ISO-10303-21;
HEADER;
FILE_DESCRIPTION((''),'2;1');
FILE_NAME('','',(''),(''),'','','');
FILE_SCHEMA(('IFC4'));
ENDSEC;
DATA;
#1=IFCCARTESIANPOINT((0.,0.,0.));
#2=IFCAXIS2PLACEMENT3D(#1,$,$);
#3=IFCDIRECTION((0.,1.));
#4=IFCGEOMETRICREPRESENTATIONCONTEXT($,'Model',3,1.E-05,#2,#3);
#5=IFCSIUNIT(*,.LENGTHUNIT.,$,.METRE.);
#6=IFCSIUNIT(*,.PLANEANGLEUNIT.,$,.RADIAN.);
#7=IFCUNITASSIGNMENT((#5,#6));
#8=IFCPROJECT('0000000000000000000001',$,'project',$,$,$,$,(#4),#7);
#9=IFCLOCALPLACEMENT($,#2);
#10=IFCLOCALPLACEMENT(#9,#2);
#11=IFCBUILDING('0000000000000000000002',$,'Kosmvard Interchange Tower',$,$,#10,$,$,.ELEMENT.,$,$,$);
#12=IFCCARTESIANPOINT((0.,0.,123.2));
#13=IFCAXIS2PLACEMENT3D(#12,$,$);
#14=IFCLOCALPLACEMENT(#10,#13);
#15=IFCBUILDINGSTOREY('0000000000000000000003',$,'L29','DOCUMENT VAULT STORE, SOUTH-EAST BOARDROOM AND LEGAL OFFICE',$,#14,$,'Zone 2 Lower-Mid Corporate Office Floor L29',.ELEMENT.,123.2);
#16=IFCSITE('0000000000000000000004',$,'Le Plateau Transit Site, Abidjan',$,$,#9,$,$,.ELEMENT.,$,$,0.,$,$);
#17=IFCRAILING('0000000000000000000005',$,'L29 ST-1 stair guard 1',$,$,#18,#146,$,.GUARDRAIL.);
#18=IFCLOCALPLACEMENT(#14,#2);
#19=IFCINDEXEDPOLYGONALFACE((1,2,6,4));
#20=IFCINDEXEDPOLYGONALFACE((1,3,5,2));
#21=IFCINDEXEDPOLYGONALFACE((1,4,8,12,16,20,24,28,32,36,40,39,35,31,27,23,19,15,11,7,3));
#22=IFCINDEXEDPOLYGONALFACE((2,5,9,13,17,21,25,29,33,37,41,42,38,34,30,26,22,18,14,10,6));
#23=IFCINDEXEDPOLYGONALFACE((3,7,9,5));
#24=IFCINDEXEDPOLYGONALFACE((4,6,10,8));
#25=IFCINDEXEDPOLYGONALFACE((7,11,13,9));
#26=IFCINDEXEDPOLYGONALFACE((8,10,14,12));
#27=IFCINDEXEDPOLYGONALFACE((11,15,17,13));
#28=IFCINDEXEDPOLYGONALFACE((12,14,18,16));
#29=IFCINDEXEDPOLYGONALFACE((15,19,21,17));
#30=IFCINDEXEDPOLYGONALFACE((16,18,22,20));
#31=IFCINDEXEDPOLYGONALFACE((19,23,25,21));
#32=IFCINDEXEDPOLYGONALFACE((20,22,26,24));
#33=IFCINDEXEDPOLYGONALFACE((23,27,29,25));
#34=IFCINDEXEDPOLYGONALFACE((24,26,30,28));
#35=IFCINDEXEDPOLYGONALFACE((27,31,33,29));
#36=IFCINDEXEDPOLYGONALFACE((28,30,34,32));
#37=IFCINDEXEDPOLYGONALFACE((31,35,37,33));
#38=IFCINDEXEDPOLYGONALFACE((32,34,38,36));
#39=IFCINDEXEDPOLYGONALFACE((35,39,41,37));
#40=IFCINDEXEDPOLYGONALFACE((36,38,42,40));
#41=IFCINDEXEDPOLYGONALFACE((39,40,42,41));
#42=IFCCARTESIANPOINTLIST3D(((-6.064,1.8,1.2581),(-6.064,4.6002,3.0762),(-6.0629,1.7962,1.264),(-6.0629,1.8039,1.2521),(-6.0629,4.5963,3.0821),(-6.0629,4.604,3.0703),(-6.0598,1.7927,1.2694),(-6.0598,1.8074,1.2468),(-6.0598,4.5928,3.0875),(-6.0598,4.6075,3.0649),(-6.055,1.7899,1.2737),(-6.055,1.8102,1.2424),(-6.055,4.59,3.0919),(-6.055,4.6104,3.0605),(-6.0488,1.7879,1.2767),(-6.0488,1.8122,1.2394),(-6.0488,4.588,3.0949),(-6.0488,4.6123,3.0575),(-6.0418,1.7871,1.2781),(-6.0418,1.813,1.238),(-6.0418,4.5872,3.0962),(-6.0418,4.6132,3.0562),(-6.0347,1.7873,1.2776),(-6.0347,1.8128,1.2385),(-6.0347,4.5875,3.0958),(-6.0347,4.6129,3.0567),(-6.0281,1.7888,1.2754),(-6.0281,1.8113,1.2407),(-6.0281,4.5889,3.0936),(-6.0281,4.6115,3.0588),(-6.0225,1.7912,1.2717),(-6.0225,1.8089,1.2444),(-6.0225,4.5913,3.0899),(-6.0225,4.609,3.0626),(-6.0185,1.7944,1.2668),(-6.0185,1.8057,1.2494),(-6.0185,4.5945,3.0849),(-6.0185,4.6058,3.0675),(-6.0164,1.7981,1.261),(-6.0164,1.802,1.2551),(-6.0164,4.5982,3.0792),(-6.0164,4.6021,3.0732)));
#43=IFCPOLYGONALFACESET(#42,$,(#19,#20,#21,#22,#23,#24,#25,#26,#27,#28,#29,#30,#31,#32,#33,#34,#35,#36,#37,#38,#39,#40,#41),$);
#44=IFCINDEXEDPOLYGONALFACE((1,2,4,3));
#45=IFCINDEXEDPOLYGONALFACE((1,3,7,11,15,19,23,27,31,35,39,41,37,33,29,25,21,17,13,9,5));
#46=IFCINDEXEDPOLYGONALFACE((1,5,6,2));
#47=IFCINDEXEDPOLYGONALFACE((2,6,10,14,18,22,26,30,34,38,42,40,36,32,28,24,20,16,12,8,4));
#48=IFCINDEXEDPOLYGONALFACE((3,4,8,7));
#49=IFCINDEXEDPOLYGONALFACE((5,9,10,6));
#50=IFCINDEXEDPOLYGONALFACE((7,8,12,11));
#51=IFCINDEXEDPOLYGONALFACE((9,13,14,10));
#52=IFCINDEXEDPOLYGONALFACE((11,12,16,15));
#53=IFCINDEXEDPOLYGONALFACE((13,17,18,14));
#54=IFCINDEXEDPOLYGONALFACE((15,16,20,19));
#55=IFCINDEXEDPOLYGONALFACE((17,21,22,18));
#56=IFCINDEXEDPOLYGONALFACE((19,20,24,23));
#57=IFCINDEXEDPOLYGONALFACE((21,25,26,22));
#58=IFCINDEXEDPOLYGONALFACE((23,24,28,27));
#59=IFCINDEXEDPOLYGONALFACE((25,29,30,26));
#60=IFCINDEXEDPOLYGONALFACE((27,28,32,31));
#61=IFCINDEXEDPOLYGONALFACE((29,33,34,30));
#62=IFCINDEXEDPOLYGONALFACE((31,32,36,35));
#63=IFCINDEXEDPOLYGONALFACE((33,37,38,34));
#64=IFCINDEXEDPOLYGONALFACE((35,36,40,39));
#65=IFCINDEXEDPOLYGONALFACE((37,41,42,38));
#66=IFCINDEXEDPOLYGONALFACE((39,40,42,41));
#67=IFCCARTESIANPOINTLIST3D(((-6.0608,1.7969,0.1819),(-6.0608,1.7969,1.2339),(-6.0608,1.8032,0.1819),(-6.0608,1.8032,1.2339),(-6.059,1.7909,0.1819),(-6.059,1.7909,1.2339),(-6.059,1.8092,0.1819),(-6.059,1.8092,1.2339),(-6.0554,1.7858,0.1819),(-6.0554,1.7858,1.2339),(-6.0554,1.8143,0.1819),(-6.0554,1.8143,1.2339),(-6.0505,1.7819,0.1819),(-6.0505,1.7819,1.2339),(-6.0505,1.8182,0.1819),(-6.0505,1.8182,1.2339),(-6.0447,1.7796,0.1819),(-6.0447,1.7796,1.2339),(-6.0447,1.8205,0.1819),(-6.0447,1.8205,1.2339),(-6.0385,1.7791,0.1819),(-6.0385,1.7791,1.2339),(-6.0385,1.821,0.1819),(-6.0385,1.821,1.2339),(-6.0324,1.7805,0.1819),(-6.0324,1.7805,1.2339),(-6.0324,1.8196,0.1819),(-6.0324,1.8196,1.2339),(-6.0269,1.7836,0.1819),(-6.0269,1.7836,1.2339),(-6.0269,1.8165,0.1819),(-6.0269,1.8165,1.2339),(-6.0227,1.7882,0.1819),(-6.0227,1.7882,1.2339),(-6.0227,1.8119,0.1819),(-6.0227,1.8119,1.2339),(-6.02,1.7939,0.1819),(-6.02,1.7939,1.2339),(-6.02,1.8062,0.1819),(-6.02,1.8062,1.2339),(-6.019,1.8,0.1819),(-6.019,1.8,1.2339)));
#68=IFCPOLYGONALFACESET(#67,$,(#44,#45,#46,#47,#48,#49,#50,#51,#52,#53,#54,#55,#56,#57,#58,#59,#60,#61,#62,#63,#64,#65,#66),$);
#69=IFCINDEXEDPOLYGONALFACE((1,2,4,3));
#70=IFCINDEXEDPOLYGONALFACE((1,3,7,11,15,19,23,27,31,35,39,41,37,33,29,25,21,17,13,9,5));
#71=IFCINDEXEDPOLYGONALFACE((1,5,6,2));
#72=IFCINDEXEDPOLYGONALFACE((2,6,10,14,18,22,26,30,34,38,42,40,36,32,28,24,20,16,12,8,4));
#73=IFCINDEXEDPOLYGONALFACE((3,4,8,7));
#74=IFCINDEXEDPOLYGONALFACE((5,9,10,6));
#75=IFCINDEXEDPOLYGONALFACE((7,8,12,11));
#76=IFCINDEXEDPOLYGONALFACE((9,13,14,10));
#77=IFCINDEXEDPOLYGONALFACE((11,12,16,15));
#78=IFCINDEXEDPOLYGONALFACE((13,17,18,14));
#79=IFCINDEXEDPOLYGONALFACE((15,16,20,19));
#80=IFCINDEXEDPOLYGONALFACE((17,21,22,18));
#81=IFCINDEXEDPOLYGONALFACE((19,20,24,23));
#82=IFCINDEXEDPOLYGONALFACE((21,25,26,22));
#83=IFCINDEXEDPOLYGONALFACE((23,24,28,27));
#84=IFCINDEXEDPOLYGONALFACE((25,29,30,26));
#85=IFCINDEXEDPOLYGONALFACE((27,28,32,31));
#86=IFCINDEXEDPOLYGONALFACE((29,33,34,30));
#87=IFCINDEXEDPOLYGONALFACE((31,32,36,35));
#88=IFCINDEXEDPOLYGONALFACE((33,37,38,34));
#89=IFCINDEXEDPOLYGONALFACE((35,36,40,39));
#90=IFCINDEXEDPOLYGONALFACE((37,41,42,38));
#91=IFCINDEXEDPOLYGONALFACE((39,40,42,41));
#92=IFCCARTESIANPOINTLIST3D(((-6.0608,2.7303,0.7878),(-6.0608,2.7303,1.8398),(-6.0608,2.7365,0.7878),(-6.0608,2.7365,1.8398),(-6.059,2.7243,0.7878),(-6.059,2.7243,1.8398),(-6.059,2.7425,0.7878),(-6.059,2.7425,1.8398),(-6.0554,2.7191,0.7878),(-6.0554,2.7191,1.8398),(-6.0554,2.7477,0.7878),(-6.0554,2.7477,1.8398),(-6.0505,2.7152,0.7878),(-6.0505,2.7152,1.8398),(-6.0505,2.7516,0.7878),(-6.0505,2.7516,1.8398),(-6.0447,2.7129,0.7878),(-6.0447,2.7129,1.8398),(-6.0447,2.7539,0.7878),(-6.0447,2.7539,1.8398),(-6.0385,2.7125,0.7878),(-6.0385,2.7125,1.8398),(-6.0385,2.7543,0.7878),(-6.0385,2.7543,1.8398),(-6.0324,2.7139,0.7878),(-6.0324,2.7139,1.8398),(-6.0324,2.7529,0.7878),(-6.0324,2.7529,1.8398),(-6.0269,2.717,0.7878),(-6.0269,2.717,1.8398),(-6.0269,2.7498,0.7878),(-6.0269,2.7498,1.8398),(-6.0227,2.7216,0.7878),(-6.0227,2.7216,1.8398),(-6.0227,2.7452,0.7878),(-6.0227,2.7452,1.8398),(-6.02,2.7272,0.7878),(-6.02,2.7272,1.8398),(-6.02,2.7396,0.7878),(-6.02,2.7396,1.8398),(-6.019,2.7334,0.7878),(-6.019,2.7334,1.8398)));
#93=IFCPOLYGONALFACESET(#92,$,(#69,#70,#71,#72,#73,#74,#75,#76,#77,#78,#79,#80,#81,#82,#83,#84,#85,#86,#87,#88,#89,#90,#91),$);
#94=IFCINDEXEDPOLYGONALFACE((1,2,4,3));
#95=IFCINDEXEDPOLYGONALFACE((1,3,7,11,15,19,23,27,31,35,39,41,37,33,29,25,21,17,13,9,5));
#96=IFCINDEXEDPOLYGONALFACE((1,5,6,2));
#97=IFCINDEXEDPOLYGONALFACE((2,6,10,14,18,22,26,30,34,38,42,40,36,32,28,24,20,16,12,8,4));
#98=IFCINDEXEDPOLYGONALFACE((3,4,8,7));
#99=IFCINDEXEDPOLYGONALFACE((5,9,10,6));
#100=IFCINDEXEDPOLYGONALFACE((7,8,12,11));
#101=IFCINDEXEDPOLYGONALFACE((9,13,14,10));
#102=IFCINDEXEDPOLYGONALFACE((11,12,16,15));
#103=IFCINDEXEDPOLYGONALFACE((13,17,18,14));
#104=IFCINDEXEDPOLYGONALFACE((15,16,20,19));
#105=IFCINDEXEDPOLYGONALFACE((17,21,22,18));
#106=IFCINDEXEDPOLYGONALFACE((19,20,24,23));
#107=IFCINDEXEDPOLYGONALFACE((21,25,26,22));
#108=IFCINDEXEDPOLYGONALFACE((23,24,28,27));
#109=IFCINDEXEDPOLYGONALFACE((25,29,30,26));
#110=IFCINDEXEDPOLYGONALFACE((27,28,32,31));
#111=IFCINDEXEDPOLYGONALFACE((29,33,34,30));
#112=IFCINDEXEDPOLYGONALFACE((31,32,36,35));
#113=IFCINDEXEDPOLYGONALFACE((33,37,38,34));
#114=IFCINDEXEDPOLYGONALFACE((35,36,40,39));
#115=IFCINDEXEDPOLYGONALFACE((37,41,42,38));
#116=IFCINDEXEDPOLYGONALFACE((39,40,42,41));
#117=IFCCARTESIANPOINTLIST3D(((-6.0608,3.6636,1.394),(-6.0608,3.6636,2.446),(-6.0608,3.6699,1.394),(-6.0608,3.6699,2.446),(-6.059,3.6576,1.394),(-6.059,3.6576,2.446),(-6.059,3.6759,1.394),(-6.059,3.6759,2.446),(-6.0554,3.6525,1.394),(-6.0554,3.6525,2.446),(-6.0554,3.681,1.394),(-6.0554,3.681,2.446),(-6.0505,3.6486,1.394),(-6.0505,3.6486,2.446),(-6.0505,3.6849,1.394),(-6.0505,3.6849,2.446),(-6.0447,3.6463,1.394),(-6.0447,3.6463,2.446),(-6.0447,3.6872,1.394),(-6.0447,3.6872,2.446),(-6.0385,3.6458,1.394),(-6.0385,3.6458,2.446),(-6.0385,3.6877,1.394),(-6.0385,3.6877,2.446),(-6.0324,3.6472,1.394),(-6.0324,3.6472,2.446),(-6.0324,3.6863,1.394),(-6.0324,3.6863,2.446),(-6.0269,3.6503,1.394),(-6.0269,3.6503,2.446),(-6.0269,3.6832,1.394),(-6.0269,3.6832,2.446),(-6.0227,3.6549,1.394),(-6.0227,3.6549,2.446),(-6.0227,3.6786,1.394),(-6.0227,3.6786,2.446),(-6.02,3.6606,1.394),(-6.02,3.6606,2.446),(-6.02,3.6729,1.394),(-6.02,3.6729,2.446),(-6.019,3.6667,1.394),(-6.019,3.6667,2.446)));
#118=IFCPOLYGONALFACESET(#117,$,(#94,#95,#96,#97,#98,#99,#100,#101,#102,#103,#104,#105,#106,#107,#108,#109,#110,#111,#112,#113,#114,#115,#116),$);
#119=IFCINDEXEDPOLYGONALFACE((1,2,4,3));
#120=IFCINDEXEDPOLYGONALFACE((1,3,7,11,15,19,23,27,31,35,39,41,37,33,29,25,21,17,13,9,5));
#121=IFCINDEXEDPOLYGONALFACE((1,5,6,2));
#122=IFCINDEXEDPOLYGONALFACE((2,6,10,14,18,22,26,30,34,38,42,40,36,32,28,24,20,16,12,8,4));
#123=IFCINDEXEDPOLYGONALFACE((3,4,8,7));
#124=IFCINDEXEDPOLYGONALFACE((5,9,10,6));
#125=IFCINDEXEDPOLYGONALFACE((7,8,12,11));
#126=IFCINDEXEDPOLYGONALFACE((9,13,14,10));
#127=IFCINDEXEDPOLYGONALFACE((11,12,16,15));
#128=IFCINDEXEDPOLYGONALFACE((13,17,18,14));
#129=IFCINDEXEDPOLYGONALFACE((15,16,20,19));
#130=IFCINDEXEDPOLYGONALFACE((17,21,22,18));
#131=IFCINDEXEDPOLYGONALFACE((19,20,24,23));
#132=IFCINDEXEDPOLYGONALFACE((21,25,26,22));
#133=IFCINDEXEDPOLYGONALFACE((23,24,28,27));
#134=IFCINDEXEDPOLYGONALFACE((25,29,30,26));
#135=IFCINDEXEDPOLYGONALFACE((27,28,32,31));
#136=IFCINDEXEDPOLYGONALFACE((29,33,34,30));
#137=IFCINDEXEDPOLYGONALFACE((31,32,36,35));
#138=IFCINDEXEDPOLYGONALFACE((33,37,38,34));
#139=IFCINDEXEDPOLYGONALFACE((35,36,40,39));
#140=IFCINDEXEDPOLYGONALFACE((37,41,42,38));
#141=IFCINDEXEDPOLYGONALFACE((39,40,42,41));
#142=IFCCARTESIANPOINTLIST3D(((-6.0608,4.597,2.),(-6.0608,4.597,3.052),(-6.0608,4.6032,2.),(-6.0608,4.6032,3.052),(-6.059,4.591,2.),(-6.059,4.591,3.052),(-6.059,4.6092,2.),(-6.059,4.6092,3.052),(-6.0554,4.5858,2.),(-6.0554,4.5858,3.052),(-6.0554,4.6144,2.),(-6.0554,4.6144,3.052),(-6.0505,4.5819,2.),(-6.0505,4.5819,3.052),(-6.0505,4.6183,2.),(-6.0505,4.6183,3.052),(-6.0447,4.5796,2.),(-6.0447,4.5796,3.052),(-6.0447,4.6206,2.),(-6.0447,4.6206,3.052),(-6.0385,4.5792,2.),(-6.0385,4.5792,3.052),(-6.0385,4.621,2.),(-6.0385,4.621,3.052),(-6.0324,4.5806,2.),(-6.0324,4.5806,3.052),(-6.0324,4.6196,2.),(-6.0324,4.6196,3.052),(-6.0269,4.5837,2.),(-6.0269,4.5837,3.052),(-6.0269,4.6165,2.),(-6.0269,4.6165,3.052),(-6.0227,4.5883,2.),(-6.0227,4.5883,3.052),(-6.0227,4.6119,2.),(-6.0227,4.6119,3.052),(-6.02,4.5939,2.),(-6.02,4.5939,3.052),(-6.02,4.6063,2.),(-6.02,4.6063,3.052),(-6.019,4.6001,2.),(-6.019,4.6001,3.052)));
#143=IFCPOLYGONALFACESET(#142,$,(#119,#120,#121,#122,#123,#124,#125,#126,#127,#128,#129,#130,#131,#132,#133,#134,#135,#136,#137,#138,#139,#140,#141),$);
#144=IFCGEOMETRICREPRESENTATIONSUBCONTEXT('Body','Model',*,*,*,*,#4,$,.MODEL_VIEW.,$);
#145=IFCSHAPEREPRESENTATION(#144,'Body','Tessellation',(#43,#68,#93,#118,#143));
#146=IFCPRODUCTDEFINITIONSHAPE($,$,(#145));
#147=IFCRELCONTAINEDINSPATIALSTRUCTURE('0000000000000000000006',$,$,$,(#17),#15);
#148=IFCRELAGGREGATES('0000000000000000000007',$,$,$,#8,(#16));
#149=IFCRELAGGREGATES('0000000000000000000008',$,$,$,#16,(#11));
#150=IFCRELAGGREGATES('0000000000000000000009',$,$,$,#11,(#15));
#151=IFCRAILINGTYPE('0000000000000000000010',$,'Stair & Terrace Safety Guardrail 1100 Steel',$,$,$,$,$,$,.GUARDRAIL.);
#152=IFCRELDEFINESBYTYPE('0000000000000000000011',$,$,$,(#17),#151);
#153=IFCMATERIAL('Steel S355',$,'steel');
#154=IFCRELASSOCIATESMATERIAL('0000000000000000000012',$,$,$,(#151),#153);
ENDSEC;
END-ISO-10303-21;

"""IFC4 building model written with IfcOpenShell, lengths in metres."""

from ifc_helpers import new_model, si_unit, direction, frame, origin, origin_2d, place, context, subcontext, project, spatial, circle, extrude, source, transform, mapped, material, type_object, element, save


model = new_model("IFC4")

# Units and contexts
model_context = context("Model", 3, precision=1e-05, world=origin(), true_north=direction((0.0, 1.0)))
body_context = subcontext(model_context, "Body", "Model", "MODEL_VIEW")
ifc_project = project(units=[si_unit("LENGTHUNIT", "METRE"), si_unit("PLANEANGLEUNIT", "RADIAN")], contexts=[model_context])

# Site, building, storey
site_placement = place(None, origin())
site = spatial("IfcSite", under=ifc_project, at=site_placement, Name="Le Plateau Transit Site, Abidjan", CompositionType="ELEMENT", RefElevation=0.0)
building_placement = place(site_placement, origin())
building = spatial("IfcBuilding", under=site, at=building_placement, Name="Kosmvard Interchange Tower", CompositionType="ELEMENT")
storey_placement = place(building_placement, frame((0.0, 0.0, 123.2)))
storey = spatial("IfcBuildingStorey", under=building, at=storey_placement, Name="L29", Description="DOCUMENT VAULT STORE, SOUTH-EAST BOARDROOM AND LEGAL OFFICE", LongName="Zone 2 Lower-Mid Corporate Office Floor L29", CompositionType="ELEMENT", Elevation=123.2)

# Railing
ifc_material_1 = material(Name="Steel S355", Category="steel")
railing_type = type_object("IfcRailingType", Name="Stair & Terrace Safety Guardrail 1100 Steel", PredefinedType="GUARDRAIL", material=ifc_material_1)
shared_shape_1 = source(origin(), body_context, "Body", "SweptSolid", [
    extrude(circle(Radius=0.0239, at=origin_2d()), frame((0.0, 0.0, 1.0762), z_axis=(0.0, 0.838706, 0.544585), x_axis=(-1.0, 0.0, 0.0)), (0.0, 0.0, 1.0), 3.3386),
    extrude(circle(Radius=0.021, at=origin_2d()), origin(), (0.0, 0.0, 1.0), 1.052),
    extrude(circle(Radius=0.021, at=origin_2d()), frame((0.0, 0.9333, 0.606)), (0.0, 0.0, 1.0), 1.052),
    extrude(circle(Radius=0.021, at=origin_2d()), frame((0.0, 1.8667, 1.2122)), (0.0, 0.0, 1.0), 1.052),
    extrude(circle(Radius=0.021, at=origin_2d()), frame((0.0, 2.8, 1.8181)), (0.0, 0.0, 1.0), 1.052),
])
railing_1_placement = place(storey_placement, frame((-6.04, 1.8, 0.1819)))
element("IfcRailing", 1, at=railing_1_placement, inside=storey, type_object=railing_type, Name="L29 ST-1 stair guard 1", PredefinedType="GUARDRAIL", context=body_context, shape_type="MappedRepresentation", body=[
    mapped(shared_shape_1, transform((0.0, 0.0, 0.0), scale=1.0)),
])

save(model, "model.ifc")
